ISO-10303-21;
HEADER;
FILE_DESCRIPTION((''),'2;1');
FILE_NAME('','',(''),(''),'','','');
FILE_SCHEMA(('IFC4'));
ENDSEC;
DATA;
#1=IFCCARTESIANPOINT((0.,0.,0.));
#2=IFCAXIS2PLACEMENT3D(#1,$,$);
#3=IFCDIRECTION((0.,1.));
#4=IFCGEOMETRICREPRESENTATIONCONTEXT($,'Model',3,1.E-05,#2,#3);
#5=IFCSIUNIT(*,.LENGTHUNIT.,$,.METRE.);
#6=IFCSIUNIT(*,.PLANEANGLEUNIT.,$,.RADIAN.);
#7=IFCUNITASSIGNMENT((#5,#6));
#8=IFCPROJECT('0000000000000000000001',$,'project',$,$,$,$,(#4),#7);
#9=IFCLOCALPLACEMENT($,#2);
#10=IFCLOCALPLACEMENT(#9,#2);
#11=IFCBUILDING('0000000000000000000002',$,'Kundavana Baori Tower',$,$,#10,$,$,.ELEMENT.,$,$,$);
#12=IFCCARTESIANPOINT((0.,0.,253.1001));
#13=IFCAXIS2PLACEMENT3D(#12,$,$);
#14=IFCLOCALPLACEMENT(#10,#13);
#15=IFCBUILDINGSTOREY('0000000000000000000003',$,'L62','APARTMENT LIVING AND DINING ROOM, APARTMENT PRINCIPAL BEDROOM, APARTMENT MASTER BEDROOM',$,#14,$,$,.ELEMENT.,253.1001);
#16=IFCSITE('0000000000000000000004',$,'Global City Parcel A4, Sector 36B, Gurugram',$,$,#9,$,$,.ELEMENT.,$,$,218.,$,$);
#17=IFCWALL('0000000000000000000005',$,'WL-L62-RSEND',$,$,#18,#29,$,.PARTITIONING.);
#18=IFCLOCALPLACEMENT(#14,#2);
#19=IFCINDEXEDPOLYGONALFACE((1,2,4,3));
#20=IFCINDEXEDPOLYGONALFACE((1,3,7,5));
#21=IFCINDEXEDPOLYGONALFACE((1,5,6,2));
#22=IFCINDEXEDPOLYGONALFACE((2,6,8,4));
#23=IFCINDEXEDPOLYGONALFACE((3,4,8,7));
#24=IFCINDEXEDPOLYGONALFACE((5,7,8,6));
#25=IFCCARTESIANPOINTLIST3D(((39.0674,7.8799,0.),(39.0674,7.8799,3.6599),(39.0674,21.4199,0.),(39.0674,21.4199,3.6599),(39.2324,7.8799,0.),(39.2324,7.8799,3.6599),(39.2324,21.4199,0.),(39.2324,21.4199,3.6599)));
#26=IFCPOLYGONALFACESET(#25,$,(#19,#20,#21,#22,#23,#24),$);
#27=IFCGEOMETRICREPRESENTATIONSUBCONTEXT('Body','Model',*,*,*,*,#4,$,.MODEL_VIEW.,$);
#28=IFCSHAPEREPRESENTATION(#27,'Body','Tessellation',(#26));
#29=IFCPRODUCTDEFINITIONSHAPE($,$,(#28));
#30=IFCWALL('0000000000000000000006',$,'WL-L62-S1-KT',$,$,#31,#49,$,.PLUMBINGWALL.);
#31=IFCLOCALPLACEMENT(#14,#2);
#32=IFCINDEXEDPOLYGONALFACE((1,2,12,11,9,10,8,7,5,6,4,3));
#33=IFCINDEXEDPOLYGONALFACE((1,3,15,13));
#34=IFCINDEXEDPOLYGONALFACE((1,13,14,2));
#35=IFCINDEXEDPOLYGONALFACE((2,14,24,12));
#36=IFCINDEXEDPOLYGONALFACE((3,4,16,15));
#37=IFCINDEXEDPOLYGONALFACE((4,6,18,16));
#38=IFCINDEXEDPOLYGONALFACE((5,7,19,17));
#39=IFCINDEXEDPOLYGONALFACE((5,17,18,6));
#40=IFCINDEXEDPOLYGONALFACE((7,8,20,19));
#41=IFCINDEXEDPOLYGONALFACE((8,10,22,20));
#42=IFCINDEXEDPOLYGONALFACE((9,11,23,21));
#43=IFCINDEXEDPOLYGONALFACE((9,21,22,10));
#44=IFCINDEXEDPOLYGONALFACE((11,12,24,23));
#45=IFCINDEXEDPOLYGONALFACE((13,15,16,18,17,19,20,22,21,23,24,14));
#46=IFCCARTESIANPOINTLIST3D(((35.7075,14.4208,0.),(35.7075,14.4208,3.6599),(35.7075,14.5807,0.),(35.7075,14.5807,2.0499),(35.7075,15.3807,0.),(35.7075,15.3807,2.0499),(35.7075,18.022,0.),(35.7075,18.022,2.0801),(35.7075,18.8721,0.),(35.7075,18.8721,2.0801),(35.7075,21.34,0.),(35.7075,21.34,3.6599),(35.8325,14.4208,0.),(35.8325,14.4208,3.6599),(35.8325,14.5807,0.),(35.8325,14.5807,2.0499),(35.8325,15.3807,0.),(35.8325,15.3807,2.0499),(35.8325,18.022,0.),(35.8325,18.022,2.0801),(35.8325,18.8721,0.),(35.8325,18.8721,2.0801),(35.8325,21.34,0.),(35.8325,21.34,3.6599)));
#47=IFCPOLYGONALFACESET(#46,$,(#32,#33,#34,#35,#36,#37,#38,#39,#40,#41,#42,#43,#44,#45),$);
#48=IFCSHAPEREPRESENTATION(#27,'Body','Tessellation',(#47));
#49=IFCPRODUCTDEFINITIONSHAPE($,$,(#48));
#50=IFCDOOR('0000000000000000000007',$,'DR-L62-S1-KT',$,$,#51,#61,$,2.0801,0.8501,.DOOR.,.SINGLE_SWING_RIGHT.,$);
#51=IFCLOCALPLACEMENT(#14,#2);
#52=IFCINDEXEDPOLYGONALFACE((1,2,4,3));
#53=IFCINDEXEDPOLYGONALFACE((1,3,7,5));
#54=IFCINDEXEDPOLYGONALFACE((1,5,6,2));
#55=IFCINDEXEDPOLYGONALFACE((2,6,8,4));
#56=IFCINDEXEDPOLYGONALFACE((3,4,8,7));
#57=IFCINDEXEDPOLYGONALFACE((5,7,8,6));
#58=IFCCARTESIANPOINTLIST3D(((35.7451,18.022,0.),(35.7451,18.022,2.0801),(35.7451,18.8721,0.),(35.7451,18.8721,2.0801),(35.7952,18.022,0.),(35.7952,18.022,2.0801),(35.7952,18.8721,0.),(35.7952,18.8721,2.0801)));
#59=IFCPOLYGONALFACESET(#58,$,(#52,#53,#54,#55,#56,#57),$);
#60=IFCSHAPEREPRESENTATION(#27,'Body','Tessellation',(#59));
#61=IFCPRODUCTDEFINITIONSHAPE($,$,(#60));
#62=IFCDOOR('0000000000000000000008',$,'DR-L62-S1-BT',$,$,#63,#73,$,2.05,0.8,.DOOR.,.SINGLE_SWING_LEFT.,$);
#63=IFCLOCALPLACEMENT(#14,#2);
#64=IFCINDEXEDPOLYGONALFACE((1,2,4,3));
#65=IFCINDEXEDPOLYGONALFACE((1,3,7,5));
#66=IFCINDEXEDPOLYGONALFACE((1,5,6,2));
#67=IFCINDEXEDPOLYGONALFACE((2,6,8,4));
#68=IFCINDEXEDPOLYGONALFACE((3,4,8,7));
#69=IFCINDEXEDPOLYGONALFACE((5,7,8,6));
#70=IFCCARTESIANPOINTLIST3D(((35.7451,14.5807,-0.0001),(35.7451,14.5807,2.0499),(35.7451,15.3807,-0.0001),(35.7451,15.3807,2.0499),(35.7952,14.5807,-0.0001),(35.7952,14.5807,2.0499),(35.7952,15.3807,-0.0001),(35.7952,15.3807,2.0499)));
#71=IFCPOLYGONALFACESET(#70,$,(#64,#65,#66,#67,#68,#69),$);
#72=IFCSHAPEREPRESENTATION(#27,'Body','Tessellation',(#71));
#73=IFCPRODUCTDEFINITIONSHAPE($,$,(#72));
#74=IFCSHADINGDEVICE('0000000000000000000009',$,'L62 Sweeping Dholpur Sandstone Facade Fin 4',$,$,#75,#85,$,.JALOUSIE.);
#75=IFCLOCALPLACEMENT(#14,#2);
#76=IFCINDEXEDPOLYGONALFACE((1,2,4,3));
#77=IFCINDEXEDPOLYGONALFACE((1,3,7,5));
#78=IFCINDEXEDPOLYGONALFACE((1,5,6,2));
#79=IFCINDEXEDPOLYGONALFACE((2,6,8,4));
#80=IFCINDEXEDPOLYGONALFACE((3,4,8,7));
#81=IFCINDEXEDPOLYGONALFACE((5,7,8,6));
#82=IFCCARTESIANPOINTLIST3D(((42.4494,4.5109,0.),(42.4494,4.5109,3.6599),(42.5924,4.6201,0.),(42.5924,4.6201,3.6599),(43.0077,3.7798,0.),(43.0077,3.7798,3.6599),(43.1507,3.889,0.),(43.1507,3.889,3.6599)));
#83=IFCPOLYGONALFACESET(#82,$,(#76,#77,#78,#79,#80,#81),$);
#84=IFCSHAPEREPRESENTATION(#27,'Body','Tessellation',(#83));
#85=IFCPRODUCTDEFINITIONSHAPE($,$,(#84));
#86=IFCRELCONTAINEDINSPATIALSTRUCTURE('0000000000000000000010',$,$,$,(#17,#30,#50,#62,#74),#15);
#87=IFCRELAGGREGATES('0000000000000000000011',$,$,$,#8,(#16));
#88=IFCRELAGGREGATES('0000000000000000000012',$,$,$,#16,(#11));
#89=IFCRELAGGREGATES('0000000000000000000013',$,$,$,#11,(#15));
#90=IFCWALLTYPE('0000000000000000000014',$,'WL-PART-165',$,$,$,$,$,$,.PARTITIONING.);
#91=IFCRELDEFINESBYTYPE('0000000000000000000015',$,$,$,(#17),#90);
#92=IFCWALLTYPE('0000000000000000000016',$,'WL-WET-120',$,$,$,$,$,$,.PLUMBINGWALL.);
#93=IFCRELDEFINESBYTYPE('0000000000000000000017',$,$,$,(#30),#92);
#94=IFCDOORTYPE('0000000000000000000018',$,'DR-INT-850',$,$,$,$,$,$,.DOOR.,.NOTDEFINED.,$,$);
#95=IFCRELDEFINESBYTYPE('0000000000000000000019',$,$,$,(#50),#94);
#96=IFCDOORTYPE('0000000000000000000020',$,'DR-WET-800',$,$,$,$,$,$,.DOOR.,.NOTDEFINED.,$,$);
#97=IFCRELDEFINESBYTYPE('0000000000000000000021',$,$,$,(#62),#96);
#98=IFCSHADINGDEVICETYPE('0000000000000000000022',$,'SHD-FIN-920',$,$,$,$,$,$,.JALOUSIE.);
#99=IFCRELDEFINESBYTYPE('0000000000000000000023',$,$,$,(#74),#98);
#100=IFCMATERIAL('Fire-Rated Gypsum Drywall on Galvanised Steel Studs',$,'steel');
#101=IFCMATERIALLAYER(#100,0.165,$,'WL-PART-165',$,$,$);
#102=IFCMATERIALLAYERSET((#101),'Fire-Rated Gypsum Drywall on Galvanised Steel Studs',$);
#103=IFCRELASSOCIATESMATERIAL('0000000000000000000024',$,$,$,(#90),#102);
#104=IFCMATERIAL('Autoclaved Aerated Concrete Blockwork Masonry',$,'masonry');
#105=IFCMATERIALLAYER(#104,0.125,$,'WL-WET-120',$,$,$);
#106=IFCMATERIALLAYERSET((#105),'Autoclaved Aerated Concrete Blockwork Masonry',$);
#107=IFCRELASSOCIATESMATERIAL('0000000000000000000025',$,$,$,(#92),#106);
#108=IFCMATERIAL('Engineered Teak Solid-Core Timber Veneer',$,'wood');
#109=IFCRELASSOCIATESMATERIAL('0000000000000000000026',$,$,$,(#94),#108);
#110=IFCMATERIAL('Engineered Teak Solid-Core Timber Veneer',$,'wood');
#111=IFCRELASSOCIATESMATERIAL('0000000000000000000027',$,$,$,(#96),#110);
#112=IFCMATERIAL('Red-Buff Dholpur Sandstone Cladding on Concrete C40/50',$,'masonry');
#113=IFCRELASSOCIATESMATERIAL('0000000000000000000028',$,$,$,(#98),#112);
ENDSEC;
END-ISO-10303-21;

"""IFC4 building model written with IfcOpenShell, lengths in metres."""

from ifc_helpers import new_model, si_unit, direction, frame, frame_2d, origin, origin_2d, place, context, subcontext, project, spatial, rectangle, extrude, material, layer, layer_set, type_object, element, fill, save


model = new_model("IFC4")

# Units and contexts
model_context = context("Model", 3, precision=1e-05, world=origin(), true_north=direction((0.0, 1.0)))
body_context = subcontext(model_context, "Body", "Model", "MODEL_VIEW")
ifc_project = project(units=[si_unit("LENGTHUNIT", "METRE"), si_unit("PLANEANGLEUNIT", "RADIAN")], contexts=[model_context])

# Site, building, storey
site_placement = place(None, origin())
site = spatial("IfcSite", under=ifc_project, at=site_placement, Name="Global City Parcel A4, Sector 36B, Gurugram", CompositionType="ELEMENT", RefElevation=218.0)
building_placement = place(site_placement, origin())
building = spatial("IfcBuilding", under=site, at=building_placement, Name="Kundavana Baori Tower", CompositionType="ELEMENT")
storey_placement = place(building_placement, frame((0.0, 0.0, 253.1001)))
storey = spatial("IfcBuildingStorey", under=building, at=storey_placement, Name="L62", Description="APARTMENT LIVING AND DINING ROOM, APARTMENT PRINCIPAL BEDROOM, APARTMENT MASTER BEDROOM", CompositionType="ELEMENT", Elevation=253.1001)

# Wall
ifc_material_1 = material(Name="Fire-Rated Gypsum Drywall on Galvanised Steel Studs", Category="steel")
ifc_layer_1 = layer(ifc_material_1, 0.165, Name="WL-PART-165")
ifc_layer_set_1 = layer_set([ifc_layer_1], Name="Fire-Rated Gypsum Drywall on Galvanised Steel Studs")
wall_type_1 = type_object("IfcWallType", Name="WL-PART-165", PredefinedType="PARTITIONING", material=ifc_layer_set_1)
wall_1_placement = place(storey_placement, frame((39.1499, 7.8799, 0.0), z_axis=(0.0, 0.0, 1.0), x_axis=(0.0, 1.0, 0.0)))
element("IfcWall", 1, at=wall_1_placement, inside=storey, type_object=wall_type_1, Name="WL-L62-RSEND", PredefinedType="PARTITIONING", context=body_context, shape_type="SweptSolid", body=[
    extrude(rectangle(XDim=13.54, YDim=0.165, at=frame_2d((6.77, 0.0))), origin(), (0.0, 0.0, 1.0), 3.6599),
])

# Wall, openings, doors
ifc_material_2 = material(Name="Autoclaved Aerated Concrete Blockwork Masonry", Category="masonry")
ifc_layer_2 = layer(ifc_material_2, 0.125, Name="WL-WET-120")
ifc_layer_set_2 = layer_set([ifc_layer_2], Name="Autoclaved Aerated Concrete Blockwork Masonry")
wall_type_2 = type_object("IfcWallType", Name="WL-WET-120", PredefinedType="PLUMBINGWALL", material=ifc_layer_set_2)
wall_2_placement = place(storey_placement, frame((35.77, 14.4209, 0.0), z_axis=(0.0, 0.0, 1.0), x_axis=(0.0, 1.0, 0.0)))
wall_2 = element("IfcWall", 2, at=wall_2_placement, inside=storey, type_object=wall_type_2, Name="WL-L62-S1-KT", PredefinedType="PLUMBINGWALL", context=body_context, shape_type="SweptSolid", body=[
    extrude(rectangle(XDim=6.9192, YDim=0.125, at=frame_2d((3.4595, 0.0))), origin(), (0.0, 0.0, 1.0), 3.6599),
])
opening_1_placement = place(wall_2_placement, frame((0.1599, 0.0, 0.0)))
opening_1 = element("IfcOpeningElement", 3, at=opening_1_placement, cuts=wall_2, PredefinedType="OPENING", context=body_context, shape_type="SweptSolid", body=[
    extrude(rectangle(XDim=0.8, YDim=2.05, at=frame_2d((0.3999, 1.0249))), frame((0.0, 0.0725, 0.0), z_axis=(0.0, -1.0, 0.0), x_axis=(1.0, 0.0, 0.0)), (0.0, 0.0, 1.0), 0.145),
])
opening_2_placement = place(wall_2_placement, frame((3.6011, 0.0, 0.0)))
opening_2 = element("IfcOpeningElement", 4, at=opening_2_placement, cuts=wall_2, PredefinedType="OPENING", context=body_context, shape_type="SweptSolid", body=[
    extrude(rectangle(XDim=0.8501, YDim=2.0801, at=frame_2d((0.425, 1.04))), frame((0.0, 0.0725, 0.0), z_axis=(0.0, -1.0, 0.0), x_axis=(1.0, 0.0, 0.0)), (0.0, 0.0, 1.0), 0.145),
])
ifc_material_3 = material(Name="Engineered Teak Solid-Core Timber Veneer", Category="wood")
door_type_1 = type_object("IfcDoorType", Name="DR-INT-850", OperationType="NOTDEFINED", PredefinedType="DOOR", material=ifc_material_3)
door_1_placement = place(opening_2_placement, origin())
door_1 = element("IfcDoor", 5, at=door_1_placement, inside=storey, type_object=door_type_1, Name="DR-L62-S1-KT", OperationType="SINGLE_SWING_RIGHT", OverallHeight=2.0801, OverallWidth=0.8501, PredefinedType="DOOR", context=body_context, shape_type="SweptSolid", body=[
    extrude(rectangle(XDim=0.8501, YDim=2.0801, at=frame_2d((0.425, 1.04))), frame((0.0, 0.0249, 0.0), z_axis=(0.0, -1.0, 0.0), x_axis=(1.0, 0.0, 0.0)), (0.0, 0.0, 1.0), 0.05),
])
fill(opening_2, door_1)
ifc_material_4 = material(Name="Engineered Teak Solid-Core Timber Veneer", Category="wood")
door_type_2 = type_object("IfcDoorType", Name="DR-WET-800", OperationType="NOTDEFINED", PredefinedType="DOOR", material=ifc_material_4)
door_2_placement = place(opening_1_placement, origin())
door_2 = element("IfcDoor", 6, at=door_2_placement, inside=storey, type_object=door_type_2, Name="DR-L62-S1-BT", OperationType="SINGLE_SWING_LEFT", OverallHeight=2.05, OverallWidth=0.8, PredefinedType="DOOR", context=body_context, shape_type="SweptSolid", body=[
    extrude(rectangle(XDim=0.8, YDim=2.05, at=frame_2d((0.3999, 1.0249))), frame((0.0, 0.0249, 0.0), z_axis=(0.0, -1.0, 0.0), x_axis=(1.0, 0.0, 0.0)), (0.0, 0.0, 1.0), 0.05),
])
fill(opening_1, door_2)

# Shading device
ifc_material_5 = material(Name="Red-Buff Dholpur Sandstone Cladding on Concrete C40/50", Category="masonry")
shading_device_type = type_object("IfcShadingDeviceType", Name="SHD-FIN-920", PredefinedType="JALOUSIE", material=ifc_material_5)
shading_device_placement = place(storey_placement, frame((42.8, 4.2, 0.0), z_axis=(0.0, 0.0, 1.0), x_axis=(0.794733, 0.60696, 0.0)))
element("IfcShadingDevice", 7, at=shading_device_placement, inside=storey, type_object=shading_device_type, Name="L62 Sweeping Dholpur Sandstone Facade Fin 4", PredefinedType="JALOUSIE", context=body_context, shape_type="SweptSolid", body=[
    extrude(rectangle(XDim=0.1799, YDim=0.9199, at=origin_2d()), origin(), (0.0, 0.0, 1.0), 3.6599),
])

save(model, "model.ifc")
